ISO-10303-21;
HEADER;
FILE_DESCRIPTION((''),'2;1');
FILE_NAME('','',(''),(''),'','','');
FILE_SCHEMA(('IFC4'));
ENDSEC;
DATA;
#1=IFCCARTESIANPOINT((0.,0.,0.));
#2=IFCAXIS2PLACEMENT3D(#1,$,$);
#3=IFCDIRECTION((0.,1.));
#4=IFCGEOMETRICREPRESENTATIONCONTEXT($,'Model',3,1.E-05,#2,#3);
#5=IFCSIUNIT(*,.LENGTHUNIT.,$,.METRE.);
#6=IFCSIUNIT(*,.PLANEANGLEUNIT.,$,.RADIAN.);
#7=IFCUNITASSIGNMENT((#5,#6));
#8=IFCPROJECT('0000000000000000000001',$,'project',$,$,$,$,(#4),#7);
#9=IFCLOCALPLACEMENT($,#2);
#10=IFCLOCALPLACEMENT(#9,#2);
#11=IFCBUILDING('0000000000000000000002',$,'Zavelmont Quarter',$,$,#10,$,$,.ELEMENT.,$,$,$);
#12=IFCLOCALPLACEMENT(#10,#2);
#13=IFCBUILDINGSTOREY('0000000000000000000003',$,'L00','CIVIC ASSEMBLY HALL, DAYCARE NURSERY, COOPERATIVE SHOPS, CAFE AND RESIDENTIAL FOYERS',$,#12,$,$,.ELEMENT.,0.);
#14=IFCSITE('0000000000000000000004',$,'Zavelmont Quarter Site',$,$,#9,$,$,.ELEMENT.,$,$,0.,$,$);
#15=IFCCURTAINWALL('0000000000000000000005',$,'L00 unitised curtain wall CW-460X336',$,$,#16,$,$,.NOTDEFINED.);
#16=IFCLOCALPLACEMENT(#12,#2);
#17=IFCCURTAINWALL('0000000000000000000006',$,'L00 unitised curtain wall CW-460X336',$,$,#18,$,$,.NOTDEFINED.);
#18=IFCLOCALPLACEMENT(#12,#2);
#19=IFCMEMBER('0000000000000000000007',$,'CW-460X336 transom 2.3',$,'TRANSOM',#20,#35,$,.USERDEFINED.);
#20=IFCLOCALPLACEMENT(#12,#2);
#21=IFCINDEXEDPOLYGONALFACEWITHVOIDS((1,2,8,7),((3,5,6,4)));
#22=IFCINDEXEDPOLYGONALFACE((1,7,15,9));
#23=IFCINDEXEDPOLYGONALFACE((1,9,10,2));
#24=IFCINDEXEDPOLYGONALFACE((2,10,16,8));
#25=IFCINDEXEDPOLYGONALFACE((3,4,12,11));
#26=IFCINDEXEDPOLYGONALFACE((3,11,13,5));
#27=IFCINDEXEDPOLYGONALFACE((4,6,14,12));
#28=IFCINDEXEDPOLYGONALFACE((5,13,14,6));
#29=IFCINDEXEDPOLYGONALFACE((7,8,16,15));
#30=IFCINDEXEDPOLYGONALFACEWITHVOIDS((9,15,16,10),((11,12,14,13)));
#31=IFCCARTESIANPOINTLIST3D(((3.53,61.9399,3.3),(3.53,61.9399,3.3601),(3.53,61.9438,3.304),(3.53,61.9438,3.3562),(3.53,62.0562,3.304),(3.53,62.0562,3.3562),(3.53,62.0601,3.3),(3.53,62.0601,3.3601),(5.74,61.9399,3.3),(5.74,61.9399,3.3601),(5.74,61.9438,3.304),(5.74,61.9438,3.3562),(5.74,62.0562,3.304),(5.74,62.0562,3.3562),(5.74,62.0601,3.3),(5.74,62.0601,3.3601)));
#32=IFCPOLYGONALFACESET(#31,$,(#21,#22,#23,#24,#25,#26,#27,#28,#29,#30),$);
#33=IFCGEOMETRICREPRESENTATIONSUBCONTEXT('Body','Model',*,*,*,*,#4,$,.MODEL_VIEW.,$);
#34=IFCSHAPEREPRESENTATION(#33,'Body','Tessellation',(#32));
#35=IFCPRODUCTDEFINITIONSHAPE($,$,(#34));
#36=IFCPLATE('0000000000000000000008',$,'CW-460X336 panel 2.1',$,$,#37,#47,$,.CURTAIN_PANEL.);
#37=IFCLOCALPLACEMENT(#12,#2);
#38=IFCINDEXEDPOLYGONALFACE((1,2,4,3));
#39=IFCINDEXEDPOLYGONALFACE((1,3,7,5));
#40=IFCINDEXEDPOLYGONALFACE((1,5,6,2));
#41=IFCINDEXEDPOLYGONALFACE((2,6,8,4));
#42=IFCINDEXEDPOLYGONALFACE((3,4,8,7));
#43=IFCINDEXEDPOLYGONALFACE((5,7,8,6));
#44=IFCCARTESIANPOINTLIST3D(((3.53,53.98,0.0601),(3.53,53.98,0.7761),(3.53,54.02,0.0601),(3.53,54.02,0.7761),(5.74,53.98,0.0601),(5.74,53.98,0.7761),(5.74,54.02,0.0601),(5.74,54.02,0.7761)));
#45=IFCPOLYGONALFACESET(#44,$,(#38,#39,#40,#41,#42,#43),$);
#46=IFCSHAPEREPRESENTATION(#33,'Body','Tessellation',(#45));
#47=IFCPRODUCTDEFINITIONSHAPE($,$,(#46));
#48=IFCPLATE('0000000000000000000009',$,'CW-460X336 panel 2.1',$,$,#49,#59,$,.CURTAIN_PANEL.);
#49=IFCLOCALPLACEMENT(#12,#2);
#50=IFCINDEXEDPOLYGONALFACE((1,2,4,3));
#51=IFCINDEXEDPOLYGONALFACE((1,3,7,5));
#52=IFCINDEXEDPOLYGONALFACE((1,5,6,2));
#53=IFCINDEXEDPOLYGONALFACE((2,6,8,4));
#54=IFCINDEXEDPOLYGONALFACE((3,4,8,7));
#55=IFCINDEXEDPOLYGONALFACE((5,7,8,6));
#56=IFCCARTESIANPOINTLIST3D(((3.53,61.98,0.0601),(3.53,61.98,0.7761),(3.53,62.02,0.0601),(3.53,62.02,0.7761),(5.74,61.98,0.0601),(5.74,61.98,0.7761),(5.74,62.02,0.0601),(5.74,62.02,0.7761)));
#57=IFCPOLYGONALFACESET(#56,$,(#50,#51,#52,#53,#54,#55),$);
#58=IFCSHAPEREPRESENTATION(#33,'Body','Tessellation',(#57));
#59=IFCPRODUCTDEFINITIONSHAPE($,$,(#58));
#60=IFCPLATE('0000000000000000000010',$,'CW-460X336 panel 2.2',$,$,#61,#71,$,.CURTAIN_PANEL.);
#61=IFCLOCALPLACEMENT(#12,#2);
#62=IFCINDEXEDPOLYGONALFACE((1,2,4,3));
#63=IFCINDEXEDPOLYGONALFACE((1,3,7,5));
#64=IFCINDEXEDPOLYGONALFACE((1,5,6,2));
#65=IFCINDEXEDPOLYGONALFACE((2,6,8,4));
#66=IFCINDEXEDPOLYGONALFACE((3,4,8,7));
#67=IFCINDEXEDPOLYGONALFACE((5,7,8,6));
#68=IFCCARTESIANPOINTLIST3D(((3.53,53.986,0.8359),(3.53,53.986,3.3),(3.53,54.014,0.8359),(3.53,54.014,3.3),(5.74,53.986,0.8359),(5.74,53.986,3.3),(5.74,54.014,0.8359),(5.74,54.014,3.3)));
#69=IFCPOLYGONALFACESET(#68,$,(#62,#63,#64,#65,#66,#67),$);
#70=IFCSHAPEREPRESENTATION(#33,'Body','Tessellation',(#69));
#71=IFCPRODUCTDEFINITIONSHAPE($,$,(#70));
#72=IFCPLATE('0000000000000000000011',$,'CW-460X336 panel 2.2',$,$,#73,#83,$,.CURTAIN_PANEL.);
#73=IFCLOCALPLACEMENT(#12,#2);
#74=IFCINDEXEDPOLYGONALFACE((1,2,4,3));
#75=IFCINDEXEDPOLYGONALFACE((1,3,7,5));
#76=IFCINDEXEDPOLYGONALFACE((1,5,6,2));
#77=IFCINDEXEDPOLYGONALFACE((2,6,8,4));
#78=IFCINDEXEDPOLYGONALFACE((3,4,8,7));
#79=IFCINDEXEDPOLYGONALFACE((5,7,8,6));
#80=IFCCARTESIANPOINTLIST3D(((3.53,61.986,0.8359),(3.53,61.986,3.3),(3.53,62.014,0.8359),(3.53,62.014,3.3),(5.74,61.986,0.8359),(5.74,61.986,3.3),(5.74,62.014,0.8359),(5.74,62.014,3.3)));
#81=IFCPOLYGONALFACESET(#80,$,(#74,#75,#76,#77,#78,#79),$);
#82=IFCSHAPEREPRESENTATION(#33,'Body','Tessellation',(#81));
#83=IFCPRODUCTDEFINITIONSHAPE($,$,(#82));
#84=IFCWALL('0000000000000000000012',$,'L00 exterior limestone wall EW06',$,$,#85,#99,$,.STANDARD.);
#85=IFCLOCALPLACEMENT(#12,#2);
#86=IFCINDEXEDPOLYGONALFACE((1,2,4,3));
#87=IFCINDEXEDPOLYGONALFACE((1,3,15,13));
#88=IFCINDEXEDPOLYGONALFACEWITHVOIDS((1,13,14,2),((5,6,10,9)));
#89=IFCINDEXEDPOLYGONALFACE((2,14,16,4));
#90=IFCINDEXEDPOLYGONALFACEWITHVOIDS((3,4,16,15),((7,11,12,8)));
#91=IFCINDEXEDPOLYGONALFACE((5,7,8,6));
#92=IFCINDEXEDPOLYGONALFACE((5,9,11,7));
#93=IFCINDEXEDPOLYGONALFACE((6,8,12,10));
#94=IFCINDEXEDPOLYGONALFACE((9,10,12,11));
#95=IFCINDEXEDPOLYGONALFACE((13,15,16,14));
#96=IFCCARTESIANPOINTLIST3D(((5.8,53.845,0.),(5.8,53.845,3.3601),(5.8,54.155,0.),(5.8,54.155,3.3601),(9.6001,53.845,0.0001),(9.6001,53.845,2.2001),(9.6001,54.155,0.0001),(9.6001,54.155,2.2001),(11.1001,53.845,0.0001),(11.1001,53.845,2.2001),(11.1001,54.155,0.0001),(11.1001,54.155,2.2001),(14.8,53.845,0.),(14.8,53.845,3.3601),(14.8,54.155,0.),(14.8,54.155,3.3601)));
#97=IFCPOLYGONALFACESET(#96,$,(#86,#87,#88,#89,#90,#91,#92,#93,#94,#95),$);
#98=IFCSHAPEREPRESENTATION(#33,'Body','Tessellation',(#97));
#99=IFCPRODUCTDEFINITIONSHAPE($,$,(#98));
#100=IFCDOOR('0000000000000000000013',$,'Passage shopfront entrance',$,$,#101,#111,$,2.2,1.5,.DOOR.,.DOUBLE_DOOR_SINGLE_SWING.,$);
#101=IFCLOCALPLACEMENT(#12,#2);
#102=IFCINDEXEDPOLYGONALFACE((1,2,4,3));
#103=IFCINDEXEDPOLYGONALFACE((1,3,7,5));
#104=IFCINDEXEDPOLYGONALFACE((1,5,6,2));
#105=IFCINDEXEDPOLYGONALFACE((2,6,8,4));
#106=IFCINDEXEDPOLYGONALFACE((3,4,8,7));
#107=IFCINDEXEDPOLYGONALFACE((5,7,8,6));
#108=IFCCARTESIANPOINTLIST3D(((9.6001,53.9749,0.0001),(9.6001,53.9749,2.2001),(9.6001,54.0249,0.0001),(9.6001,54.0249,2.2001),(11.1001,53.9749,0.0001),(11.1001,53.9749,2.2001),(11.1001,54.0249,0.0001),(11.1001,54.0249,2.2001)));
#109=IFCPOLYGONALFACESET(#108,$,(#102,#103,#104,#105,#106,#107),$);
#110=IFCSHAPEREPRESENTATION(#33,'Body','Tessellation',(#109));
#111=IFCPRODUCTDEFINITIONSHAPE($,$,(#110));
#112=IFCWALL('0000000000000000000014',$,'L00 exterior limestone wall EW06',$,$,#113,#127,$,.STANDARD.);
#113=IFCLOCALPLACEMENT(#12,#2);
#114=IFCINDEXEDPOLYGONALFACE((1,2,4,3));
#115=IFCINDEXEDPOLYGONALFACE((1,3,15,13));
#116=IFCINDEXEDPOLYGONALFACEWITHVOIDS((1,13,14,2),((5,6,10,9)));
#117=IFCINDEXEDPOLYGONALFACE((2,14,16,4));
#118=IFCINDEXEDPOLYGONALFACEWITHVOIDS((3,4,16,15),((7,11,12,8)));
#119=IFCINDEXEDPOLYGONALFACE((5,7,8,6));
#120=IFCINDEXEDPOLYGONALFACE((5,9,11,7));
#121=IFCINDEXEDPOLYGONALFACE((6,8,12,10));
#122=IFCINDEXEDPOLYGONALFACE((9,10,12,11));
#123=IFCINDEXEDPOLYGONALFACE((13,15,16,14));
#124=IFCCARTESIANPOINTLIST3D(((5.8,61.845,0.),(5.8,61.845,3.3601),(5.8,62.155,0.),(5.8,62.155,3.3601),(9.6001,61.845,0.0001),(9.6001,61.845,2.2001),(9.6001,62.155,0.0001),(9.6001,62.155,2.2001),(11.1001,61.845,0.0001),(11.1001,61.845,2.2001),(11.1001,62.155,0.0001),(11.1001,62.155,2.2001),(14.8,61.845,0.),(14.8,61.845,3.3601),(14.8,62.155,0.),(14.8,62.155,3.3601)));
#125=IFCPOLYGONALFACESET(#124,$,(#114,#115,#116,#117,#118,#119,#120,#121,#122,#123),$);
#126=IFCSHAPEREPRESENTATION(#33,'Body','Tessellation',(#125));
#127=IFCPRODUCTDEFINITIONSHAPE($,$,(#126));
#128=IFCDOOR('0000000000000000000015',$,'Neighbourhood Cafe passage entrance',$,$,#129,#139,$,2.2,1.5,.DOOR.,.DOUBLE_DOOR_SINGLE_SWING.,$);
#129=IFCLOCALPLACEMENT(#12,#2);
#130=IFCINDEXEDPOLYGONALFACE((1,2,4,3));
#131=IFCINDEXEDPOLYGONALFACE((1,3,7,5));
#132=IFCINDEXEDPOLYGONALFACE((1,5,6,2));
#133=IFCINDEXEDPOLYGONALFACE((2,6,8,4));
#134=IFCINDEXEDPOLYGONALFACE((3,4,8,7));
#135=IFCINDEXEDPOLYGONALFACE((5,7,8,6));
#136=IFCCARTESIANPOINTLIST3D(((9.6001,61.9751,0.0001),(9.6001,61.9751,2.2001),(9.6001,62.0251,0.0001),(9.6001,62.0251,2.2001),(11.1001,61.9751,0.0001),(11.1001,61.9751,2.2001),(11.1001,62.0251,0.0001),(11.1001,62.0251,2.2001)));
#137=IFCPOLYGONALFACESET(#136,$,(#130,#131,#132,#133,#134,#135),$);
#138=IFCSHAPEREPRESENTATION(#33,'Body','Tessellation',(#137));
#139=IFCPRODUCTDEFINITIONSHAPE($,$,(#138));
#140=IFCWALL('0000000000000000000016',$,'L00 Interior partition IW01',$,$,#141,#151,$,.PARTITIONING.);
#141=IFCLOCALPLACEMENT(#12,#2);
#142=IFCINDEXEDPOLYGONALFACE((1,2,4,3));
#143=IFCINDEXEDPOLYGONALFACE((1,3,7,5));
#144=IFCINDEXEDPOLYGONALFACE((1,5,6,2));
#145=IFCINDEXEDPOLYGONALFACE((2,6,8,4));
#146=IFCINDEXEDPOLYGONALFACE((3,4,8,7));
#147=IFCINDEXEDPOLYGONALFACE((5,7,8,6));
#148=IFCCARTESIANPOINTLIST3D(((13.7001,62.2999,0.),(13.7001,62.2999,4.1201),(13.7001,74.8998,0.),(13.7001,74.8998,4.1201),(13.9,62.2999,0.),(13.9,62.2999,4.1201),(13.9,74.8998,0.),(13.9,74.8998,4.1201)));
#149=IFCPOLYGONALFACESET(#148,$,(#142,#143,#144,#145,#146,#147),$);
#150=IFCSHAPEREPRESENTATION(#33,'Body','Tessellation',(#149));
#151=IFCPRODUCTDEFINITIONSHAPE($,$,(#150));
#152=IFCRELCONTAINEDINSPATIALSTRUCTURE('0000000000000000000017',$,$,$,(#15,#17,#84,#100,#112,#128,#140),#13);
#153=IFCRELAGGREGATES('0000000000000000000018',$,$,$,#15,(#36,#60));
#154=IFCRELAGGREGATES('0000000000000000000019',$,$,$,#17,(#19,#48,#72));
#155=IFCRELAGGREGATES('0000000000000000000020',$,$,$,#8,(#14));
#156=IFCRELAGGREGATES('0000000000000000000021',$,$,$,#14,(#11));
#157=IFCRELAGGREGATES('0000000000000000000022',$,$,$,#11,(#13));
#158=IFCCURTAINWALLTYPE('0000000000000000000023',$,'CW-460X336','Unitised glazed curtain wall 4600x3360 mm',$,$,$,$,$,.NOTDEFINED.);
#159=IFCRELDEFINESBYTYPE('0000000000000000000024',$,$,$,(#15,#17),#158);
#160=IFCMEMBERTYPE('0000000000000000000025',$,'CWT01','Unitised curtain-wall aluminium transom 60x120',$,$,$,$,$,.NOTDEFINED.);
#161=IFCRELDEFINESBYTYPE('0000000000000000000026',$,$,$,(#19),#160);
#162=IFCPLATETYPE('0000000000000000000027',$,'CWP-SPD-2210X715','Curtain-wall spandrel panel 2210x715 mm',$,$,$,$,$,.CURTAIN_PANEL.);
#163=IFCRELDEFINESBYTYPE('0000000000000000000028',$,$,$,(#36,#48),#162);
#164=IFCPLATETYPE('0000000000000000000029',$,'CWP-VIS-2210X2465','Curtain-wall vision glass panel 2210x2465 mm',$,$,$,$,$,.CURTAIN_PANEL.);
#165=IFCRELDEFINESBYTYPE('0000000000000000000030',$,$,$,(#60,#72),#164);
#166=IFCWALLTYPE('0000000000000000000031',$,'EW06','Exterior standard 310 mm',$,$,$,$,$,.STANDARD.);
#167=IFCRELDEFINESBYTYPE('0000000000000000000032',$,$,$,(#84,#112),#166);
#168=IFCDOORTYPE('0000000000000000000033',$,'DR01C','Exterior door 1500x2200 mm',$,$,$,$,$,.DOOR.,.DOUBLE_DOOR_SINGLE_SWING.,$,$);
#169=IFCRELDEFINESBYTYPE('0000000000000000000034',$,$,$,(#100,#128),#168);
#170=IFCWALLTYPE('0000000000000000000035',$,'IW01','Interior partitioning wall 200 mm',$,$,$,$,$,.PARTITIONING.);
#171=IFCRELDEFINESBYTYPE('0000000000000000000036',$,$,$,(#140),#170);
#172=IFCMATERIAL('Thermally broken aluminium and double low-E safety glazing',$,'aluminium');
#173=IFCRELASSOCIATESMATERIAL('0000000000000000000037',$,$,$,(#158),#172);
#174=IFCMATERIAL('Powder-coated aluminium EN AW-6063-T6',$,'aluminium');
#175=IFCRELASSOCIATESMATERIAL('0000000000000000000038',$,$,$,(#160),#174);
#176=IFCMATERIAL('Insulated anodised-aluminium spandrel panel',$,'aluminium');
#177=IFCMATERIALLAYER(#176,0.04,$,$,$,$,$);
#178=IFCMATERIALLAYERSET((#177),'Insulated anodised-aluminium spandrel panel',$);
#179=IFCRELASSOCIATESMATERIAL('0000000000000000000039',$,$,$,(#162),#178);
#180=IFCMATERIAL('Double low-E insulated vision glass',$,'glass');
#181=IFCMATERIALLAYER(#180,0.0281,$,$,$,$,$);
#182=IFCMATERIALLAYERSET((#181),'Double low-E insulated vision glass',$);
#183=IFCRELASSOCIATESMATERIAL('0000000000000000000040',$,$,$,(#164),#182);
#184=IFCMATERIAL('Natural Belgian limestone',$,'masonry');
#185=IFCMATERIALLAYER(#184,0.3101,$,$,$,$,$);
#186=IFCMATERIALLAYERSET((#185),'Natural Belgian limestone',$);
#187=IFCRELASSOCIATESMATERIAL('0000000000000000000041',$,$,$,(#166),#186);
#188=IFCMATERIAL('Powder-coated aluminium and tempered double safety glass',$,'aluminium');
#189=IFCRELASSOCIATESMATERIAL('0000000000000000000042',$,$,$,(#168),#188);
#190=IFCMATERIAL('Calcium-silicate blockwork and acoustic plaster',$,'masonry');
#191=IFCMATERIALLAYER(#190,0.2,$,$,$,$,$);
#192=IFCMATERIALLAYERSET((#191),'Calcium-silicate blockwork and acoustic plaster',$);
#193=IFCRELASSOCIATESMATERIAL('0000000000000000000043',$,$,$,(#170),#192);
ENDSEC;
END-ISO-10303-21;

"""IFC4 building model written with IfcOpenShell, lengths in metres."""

from ifc_helpers import new_model, si_unit, direction, frame, frame_2d, origin, origin_with_axes, origin_2d, place, context, subcontext, project, spatial, rectangle, hollow_rectangle, extrude, material, layer, layer_set, material_profile, profile_set, type_object, element, fill, aggregate, save


model = new_model("IFC4")

# Units and contexts
model_context = context("Model", 3, precision=1e-05, world=origin(), true_north=direction((0.0, 1.0)))
body_context = subcontext(model_context, "Body", "Model", "MODEL_VIEW")
ifc_project = project(units=[si_unit("LENGTHUNIT", "METRE"), si_unit("PLANEANGLEUNIT", "RADIAN")], contexts=[model_context])

# Site, building, storey
site_placement = place(None, origin())
site = spatial("IfcSite", under=ifc_project, at=site_placement, Name="Zavelmont Quarter Site", CompositionType="ELEMENT", RefElevation=0.0)
building_placement = place(site_placement, origin())
building = spatial("IfcBuilding", under=site, at=building_placement, Name="Zavelmont Quarter", CompositionType="ELEMENT")
storey_placement = place(building_placement, origin())
storey = spatial("IfcBuildingStorey", under=building, at=storey_placement, Name="L00", Description="CIVIC ASSEMBLY HALL, DAYCARE NURSERY, COOPERATIVE SHOPS, CAFE AND RESIDENTIAL FOYERS", CompositionType="ELEMENT", Elevation=0.0)

# Curtain wall
ifc_material_1 = material(Name="Thermally broken aluminium and double low-E safety glazing", Category="aluminium")
curtain_wall_type = type_object("IfcCurtainWallType", Name="CW-460X336", Description="Unitised glazed curtain wall 4600x3360 mm", PredefinedType="NOTDEFINED", material=ifc_material_1)
curtain_wall_1_placement = place(storey_placement, origin())
curtain_wall_1 = element("IfcCurtainWall", 1, at=curtain_wall_1_placement, inside=storey, type_object=curtain_wall_type, Name="L00 unitised curtain wall CW-460X336", PredefinedType="NOTDEFINED")
ifc_material_2 = material(Name="Powder-coated aluminium EN AW-6063-T6", Category="aluminium")

# Curtain wall
curtain_wall_2_placement = place(storey_placement, origin())
curtain_wall_2 = element("IfcCurtainWall", 2, at=curtain_wall_2_placement, inside=storey, type_object=curtain_wall_type, Name="L00 unitised curtain wall CW-460X336", PredefinedType="NOTDEFINED")

# Member
ifc_material_profile_1 = material_profile(ifc_material_2, hollow_rectangle(XDim=0.1201, YDim=0.0601, WallThickness=0.0039, at=origin_2d()), Name="CWT60X120")
ifc_profile_set_1 = profile_set([ifc_material_profile_1], Name="Powder-coated aluminium EN AW-6063-T6")
member_type_1 = type_object("IfcMemberType", Name="CWT01", Description="Unitised curtain-wall aluminium transom 60x120", PredefinedType="NOTDEFINED", material=ifc_profile_set_1)
member_1_placement = place(storey_placement, frame((3.53, 62.0, 3.3301), z_axis=(1.0, 0.0, 0.0), x_axis=(0.0, 1.0, 0.0)))
member_1 = element("IfcMember", 3, at=member_1_placement, type_object=member_type_1, Name="CW-460X336 transom 2.3", ObjectType="TRANSOM", PredefinedType="USERDEFINED", context=body_context, shape_type="SweptSolid", body=[
    extrude(hollow_rectangle(XDim=0.1201, YDim=0.0601, WallThickness=0.0039, at=origin_2d()), origin(), (0.0, 0.0, 1.0), 2.21),
])

# Plates
ifc_material_3 = material(Name="Insulated anodised-aluminium spandrel panel", Category="aluminium")
ifc_layer_1 = layer(ifc_material_3, 0.04)
ifc_layer_set_1 = layer_set([ifc_layer_1], Name="Insulated anodised-aluminium spandrel panel")
plate_type_1 = type_object("IfcPlateType", Name="CWP-SPD-2210X715", Description="Curtain-wall spandrel panel 2210x715 mm", PredefinedType="CURTAIN_PANEL", material=ifc_layer_set_1)
plate_1_placement = place(storey_placement, frame((4.635, 54.0, 0.0601), z_axis=(0.0, 0.0, 1.0), x_axis=(1.0, 0.0, 0.0)))
plate_1 = element("IfcPlate", 4, at=plate_1_placement, type_object=plate_type_1, Name="CW-460X336 panel 2.1", PredefinedType="CURTAIN_PANEL", context=body_context, shape_type="SweptSolid", body=[
    extrude(rectangle(XDim=2.21, YDim=0.04, at=origin_2d()), origin(), (0.0, 0.0, 1.0), 0.7161),
])
plate_2_placement = place(storey_placement, frame((4.635, 62.0, 0.0601), z_axis=(0.0, 0.0, 1.0), x_axis=(1.0, 0.0, 0.0)))
plate_2 = element("IfcPlate", 5, at=plate_2_placement, type_object=plate_type_1, Name="CW-460X336 panel 2.1", PredefinedType="CURTAIN_PANEL", context=body_context, shape_type="SweptSolid", body=[
    extrude(rectangle(XDim=2.21, YDim=0.04, at=origin_2d()), origin(), (0.0, 0.0, 1.0), 0.7161),
])
ifc_material_4 = material(Name="Double low-E insulated vision glass", Category="glass")
ifc_layer_2 = layer(ifc_material_4, 0.0281)
ifc_layer_set_2 = layer_set([ifc_layer_2], Name="Double low-E insulated vision glass")
plate_type_2 = type_object("IfcPlateType", Name="CWP-VIS-2210X2465", Description="Curtain-wall vision glass panel 2210x2465 mm", PredefinedType="CURTAIN_PANEL", material=ifc_layer_set_2)
plate_3_placement = place(storey_placement, frame((4.635, 54.0, 0.8359), z_axis=(0.0, 0.0, 1.0), x_axis=(1.0, 0.0, 0.0)))
plate_3 = element("IfcPlate", 6, at=plate_3_placement, type_object=plate_type_2, Name="CW-460X336 panel 2.2", PredefinedType="CURTAIN_PANEL", context=body_context, shape_type="SweptSolid", body=[
    extrude(rectangle(XDim=2.21, YDim=0.0281, at=origin_2d()), origin(), (0.0, 0.0, 1.0), 2.4641),
])
aggregate(curtain_wall_1, [plate_1, plate_3])
plate_4_placement = place(storey_placement, frame((4.635, 62.0, 0.8359), z_axis=(0.0, 0.0, 1.0), x_axis=(1.0, 0.0, 0.0)))
plate_4 = element("IfcPlate", 7, at=plate_4_placement, type_object=plate_type_2, Name="CW-460X336 panel 2.2", PredefinedType="CURTAIN_PANEL", context=body_context, shape_type="SweptSolid", body=[
    extrude(rectangle(XDim=2.21, YDim=0.0281, at=origin_2d()), origin(), (0.0, 0.0, 1.0), 2.4641),
])
aggregate(curtain_wall_2, [member_1, plate_2, plate_4])

# Walls, openings, doors
ifc_material_5 = material(Name="Natural Belgian limestone", Category="masonry")
ifc_layer_3 = layer(ifc_material_5, 0.3101)
ifc_layer_set_3 = layer_set([ifc_layer_3], Name="Natural Belgian limestone")
wall_type_1 = type_object("IfcWallType", Name="EW06", Description="Exterior standard 310 mm", PredefinedType="STANDARD", material=ifc_layer_set_3)
wall_1_placement = place(storey_placement, frame((5.8, 54.0, 0.0), z_axis=(0.0, 0.0, 1.0), x_axis=(1.0, 0.0, 0.0)))
wall_1 = element("IfcWall", 8, at=wall_1_placement, inside=storey, type_object=wall_type_1, Name="L00 exterior limestone wall EW06", PredefinedType="STANDARD", context=body_context, shape_type="SweptSolid", body=[
    extrude(rectangle(XDim=9.0, YDim=0.3101, at=frame_2d((4.5, 0.0))), origin(), (0.0, 0.0, 1.0), 3.3601),
])
opening_1_placement = place(wall_1_placement, frame((3.8, 0.0, 0.0)))
opening_1 = element("IfcOpeningElement", 9, at=opening_1_placement, cuts=wall_1, PredefinedType="OPENING", context=body_context, shape_type="SweptSolid", body=[
    extrude(rectangle(XDim=1.5, YDim=2.2, at=frame_2d((0.75, 1.1001))), frame((0.0, 0.167, 0.0), z_axis=(0.0, -1.0, 0.0), x_axis=(1.0, 0.0, 0.0)), (0.0, 0.0, 1.0), 0.334),
])
ifc_material_6 = material(Name="Powder-coated aluminium and tempered double safety glass", Category="aluminium")
door_type = type_object("IfcDoorType", Name="DR01C", Description="Exterior door 1500x2200 mm", OperationType="DOUBLE_DOOR_SINGLE_SWING", PredefinedType="DOOR", material=ifc_material_6)
door_1_placement = place(opening_1_placement, origin_with_axes())
door_1 = element("IfcDoor", 10, at=door_1_placement, inside=storey, type_object=door_type, Name="Passage shopfront entrance", OperationType="DOUBLE_DOOR_SINGLE_SWING", OverallHeight=2.2, OverallWidth=1.5, PredefinedType="DOOR", context=body_context, shape_type="SweptSolid", body=[
    extrude(rectangle(XDim=1.5, YDim=2.2, at=frame_2d((0.75, 1.1001))), frame((0.0, 0.0249, 0.0), z_axis=(0.0, -1.0, 0.0), x_axis=(1.0, 0.0, 0.0)), (0.0, 0.0, 1.0), 0.05),
])
fill(opening_1, door_1)
wall_2_placement = place(storey_placement, frame((5.8, 62.0, 0.0), z_axis=(0.0, 0.0, 1.0), x_axis=(1.0, 0.0, 0.0)))
wall_2 = element("IfcWall", 11, at=wall_2_placement, inside=storey, type_object=wall_type_1, Name="L00 exterior limestone wall EW06", PredefinedType="STANDARD", context=body_context, shape_type="SweptSolid", body=[
    extrude(rectangle(XDim=9.0, YDim=0.3101, at=frame_2d((4.5, 0.0))), origin(), (0.0, 0.0, 1.0), 3.3601),
])
opening_2_placement = place(wall_2_placement, frame((3.8, 0.0, 0.0)))
opening_2 = element("IfcOpeningElement", 12, at=opening_2_placement, cuts=wall_2, PredefinedType="OPENING", context=body_context, shape_type="SweptSolid", body=[
    extrude(rectangle(XDim=1.5, YDim=2.2, at=frame_2d((0.75, 1.1001))), frame((0.0, 0.167, 0.0), z_axis=(0.0, -1.0, 0.0), x_axis=(1.0, 0.0, 0.0)), (0.0, 0.0, 1.0), 0.334),
])
door_2_placement = place(opening_2_placement, frame((1.5, 0.0, 0.0), z_axis=(0.0, 0.0, 1.0), x_axis=(-1.0, 0.0, 0.0)))
door_2 = element("IfcDoor", 13, at=door_2_placement, inside=storey, type_object=door_type, Name="Neighbourhood Cafe passage entrance", OperationType="DOUBLE_DOOR_SINGLE_SWING", OverallHeight=2.2, OverallWidth=1.5, PredefinedType="DOOR", context=body_context, shape_type="SweptSolid", body=[
    extrude(rectangle(XDim=1.5, YDim=2.2, at=frame_2d((0.75, 1.1001))), frame((0.0, 0.0249, 0.0), z_axis=(0.0, -1.0, 0.0), x_axis=(1.0, 0.0, 0.0)), (0.0, 0.0, 1.0), 0.05),
])
fill(opening_2, door_2)

# Wall
ifc_material_7 = material(Name="Calcium-silicate blockwork and acoustic plaster", Category="masonry")
ifc_layer_4 = layer(ifc_material_7, 0.2)
ifc_layer_set_4 = layer_set([ifc_layer_4], Name="Calcium-silicate blockwork and acoustic plaster")
wall_type_2 = type_object("IfcWallType", Name="IW01", Description="Interior partitioning wall 200 mm", PredefinedType="PARTITIONING", material=ifc_layer_set_4)
wall_3_placement = place(storey_placement, frame((13.8, 62.3, 0.0), z_axis=(0.0, 0.0, 1.0), x_axis=(0.0, 1.0, 0.0)))
element("IfcWall", 14, at=wall_3_placement, inside=storey, type_object=wall_type_2, Name="L00 Interior partition IW01", PredefinedType="PARTITIONING", context=body_context, shape_type="SweptSolid", body=[
    extrude(rectangle(XDim=12.5999, YDim=0.2, at=frame_2d((6.2998, 0.0))), origin(), (0.0, 0.0, 1.0), 4.1201),
])

save(model, "model.ifc")
